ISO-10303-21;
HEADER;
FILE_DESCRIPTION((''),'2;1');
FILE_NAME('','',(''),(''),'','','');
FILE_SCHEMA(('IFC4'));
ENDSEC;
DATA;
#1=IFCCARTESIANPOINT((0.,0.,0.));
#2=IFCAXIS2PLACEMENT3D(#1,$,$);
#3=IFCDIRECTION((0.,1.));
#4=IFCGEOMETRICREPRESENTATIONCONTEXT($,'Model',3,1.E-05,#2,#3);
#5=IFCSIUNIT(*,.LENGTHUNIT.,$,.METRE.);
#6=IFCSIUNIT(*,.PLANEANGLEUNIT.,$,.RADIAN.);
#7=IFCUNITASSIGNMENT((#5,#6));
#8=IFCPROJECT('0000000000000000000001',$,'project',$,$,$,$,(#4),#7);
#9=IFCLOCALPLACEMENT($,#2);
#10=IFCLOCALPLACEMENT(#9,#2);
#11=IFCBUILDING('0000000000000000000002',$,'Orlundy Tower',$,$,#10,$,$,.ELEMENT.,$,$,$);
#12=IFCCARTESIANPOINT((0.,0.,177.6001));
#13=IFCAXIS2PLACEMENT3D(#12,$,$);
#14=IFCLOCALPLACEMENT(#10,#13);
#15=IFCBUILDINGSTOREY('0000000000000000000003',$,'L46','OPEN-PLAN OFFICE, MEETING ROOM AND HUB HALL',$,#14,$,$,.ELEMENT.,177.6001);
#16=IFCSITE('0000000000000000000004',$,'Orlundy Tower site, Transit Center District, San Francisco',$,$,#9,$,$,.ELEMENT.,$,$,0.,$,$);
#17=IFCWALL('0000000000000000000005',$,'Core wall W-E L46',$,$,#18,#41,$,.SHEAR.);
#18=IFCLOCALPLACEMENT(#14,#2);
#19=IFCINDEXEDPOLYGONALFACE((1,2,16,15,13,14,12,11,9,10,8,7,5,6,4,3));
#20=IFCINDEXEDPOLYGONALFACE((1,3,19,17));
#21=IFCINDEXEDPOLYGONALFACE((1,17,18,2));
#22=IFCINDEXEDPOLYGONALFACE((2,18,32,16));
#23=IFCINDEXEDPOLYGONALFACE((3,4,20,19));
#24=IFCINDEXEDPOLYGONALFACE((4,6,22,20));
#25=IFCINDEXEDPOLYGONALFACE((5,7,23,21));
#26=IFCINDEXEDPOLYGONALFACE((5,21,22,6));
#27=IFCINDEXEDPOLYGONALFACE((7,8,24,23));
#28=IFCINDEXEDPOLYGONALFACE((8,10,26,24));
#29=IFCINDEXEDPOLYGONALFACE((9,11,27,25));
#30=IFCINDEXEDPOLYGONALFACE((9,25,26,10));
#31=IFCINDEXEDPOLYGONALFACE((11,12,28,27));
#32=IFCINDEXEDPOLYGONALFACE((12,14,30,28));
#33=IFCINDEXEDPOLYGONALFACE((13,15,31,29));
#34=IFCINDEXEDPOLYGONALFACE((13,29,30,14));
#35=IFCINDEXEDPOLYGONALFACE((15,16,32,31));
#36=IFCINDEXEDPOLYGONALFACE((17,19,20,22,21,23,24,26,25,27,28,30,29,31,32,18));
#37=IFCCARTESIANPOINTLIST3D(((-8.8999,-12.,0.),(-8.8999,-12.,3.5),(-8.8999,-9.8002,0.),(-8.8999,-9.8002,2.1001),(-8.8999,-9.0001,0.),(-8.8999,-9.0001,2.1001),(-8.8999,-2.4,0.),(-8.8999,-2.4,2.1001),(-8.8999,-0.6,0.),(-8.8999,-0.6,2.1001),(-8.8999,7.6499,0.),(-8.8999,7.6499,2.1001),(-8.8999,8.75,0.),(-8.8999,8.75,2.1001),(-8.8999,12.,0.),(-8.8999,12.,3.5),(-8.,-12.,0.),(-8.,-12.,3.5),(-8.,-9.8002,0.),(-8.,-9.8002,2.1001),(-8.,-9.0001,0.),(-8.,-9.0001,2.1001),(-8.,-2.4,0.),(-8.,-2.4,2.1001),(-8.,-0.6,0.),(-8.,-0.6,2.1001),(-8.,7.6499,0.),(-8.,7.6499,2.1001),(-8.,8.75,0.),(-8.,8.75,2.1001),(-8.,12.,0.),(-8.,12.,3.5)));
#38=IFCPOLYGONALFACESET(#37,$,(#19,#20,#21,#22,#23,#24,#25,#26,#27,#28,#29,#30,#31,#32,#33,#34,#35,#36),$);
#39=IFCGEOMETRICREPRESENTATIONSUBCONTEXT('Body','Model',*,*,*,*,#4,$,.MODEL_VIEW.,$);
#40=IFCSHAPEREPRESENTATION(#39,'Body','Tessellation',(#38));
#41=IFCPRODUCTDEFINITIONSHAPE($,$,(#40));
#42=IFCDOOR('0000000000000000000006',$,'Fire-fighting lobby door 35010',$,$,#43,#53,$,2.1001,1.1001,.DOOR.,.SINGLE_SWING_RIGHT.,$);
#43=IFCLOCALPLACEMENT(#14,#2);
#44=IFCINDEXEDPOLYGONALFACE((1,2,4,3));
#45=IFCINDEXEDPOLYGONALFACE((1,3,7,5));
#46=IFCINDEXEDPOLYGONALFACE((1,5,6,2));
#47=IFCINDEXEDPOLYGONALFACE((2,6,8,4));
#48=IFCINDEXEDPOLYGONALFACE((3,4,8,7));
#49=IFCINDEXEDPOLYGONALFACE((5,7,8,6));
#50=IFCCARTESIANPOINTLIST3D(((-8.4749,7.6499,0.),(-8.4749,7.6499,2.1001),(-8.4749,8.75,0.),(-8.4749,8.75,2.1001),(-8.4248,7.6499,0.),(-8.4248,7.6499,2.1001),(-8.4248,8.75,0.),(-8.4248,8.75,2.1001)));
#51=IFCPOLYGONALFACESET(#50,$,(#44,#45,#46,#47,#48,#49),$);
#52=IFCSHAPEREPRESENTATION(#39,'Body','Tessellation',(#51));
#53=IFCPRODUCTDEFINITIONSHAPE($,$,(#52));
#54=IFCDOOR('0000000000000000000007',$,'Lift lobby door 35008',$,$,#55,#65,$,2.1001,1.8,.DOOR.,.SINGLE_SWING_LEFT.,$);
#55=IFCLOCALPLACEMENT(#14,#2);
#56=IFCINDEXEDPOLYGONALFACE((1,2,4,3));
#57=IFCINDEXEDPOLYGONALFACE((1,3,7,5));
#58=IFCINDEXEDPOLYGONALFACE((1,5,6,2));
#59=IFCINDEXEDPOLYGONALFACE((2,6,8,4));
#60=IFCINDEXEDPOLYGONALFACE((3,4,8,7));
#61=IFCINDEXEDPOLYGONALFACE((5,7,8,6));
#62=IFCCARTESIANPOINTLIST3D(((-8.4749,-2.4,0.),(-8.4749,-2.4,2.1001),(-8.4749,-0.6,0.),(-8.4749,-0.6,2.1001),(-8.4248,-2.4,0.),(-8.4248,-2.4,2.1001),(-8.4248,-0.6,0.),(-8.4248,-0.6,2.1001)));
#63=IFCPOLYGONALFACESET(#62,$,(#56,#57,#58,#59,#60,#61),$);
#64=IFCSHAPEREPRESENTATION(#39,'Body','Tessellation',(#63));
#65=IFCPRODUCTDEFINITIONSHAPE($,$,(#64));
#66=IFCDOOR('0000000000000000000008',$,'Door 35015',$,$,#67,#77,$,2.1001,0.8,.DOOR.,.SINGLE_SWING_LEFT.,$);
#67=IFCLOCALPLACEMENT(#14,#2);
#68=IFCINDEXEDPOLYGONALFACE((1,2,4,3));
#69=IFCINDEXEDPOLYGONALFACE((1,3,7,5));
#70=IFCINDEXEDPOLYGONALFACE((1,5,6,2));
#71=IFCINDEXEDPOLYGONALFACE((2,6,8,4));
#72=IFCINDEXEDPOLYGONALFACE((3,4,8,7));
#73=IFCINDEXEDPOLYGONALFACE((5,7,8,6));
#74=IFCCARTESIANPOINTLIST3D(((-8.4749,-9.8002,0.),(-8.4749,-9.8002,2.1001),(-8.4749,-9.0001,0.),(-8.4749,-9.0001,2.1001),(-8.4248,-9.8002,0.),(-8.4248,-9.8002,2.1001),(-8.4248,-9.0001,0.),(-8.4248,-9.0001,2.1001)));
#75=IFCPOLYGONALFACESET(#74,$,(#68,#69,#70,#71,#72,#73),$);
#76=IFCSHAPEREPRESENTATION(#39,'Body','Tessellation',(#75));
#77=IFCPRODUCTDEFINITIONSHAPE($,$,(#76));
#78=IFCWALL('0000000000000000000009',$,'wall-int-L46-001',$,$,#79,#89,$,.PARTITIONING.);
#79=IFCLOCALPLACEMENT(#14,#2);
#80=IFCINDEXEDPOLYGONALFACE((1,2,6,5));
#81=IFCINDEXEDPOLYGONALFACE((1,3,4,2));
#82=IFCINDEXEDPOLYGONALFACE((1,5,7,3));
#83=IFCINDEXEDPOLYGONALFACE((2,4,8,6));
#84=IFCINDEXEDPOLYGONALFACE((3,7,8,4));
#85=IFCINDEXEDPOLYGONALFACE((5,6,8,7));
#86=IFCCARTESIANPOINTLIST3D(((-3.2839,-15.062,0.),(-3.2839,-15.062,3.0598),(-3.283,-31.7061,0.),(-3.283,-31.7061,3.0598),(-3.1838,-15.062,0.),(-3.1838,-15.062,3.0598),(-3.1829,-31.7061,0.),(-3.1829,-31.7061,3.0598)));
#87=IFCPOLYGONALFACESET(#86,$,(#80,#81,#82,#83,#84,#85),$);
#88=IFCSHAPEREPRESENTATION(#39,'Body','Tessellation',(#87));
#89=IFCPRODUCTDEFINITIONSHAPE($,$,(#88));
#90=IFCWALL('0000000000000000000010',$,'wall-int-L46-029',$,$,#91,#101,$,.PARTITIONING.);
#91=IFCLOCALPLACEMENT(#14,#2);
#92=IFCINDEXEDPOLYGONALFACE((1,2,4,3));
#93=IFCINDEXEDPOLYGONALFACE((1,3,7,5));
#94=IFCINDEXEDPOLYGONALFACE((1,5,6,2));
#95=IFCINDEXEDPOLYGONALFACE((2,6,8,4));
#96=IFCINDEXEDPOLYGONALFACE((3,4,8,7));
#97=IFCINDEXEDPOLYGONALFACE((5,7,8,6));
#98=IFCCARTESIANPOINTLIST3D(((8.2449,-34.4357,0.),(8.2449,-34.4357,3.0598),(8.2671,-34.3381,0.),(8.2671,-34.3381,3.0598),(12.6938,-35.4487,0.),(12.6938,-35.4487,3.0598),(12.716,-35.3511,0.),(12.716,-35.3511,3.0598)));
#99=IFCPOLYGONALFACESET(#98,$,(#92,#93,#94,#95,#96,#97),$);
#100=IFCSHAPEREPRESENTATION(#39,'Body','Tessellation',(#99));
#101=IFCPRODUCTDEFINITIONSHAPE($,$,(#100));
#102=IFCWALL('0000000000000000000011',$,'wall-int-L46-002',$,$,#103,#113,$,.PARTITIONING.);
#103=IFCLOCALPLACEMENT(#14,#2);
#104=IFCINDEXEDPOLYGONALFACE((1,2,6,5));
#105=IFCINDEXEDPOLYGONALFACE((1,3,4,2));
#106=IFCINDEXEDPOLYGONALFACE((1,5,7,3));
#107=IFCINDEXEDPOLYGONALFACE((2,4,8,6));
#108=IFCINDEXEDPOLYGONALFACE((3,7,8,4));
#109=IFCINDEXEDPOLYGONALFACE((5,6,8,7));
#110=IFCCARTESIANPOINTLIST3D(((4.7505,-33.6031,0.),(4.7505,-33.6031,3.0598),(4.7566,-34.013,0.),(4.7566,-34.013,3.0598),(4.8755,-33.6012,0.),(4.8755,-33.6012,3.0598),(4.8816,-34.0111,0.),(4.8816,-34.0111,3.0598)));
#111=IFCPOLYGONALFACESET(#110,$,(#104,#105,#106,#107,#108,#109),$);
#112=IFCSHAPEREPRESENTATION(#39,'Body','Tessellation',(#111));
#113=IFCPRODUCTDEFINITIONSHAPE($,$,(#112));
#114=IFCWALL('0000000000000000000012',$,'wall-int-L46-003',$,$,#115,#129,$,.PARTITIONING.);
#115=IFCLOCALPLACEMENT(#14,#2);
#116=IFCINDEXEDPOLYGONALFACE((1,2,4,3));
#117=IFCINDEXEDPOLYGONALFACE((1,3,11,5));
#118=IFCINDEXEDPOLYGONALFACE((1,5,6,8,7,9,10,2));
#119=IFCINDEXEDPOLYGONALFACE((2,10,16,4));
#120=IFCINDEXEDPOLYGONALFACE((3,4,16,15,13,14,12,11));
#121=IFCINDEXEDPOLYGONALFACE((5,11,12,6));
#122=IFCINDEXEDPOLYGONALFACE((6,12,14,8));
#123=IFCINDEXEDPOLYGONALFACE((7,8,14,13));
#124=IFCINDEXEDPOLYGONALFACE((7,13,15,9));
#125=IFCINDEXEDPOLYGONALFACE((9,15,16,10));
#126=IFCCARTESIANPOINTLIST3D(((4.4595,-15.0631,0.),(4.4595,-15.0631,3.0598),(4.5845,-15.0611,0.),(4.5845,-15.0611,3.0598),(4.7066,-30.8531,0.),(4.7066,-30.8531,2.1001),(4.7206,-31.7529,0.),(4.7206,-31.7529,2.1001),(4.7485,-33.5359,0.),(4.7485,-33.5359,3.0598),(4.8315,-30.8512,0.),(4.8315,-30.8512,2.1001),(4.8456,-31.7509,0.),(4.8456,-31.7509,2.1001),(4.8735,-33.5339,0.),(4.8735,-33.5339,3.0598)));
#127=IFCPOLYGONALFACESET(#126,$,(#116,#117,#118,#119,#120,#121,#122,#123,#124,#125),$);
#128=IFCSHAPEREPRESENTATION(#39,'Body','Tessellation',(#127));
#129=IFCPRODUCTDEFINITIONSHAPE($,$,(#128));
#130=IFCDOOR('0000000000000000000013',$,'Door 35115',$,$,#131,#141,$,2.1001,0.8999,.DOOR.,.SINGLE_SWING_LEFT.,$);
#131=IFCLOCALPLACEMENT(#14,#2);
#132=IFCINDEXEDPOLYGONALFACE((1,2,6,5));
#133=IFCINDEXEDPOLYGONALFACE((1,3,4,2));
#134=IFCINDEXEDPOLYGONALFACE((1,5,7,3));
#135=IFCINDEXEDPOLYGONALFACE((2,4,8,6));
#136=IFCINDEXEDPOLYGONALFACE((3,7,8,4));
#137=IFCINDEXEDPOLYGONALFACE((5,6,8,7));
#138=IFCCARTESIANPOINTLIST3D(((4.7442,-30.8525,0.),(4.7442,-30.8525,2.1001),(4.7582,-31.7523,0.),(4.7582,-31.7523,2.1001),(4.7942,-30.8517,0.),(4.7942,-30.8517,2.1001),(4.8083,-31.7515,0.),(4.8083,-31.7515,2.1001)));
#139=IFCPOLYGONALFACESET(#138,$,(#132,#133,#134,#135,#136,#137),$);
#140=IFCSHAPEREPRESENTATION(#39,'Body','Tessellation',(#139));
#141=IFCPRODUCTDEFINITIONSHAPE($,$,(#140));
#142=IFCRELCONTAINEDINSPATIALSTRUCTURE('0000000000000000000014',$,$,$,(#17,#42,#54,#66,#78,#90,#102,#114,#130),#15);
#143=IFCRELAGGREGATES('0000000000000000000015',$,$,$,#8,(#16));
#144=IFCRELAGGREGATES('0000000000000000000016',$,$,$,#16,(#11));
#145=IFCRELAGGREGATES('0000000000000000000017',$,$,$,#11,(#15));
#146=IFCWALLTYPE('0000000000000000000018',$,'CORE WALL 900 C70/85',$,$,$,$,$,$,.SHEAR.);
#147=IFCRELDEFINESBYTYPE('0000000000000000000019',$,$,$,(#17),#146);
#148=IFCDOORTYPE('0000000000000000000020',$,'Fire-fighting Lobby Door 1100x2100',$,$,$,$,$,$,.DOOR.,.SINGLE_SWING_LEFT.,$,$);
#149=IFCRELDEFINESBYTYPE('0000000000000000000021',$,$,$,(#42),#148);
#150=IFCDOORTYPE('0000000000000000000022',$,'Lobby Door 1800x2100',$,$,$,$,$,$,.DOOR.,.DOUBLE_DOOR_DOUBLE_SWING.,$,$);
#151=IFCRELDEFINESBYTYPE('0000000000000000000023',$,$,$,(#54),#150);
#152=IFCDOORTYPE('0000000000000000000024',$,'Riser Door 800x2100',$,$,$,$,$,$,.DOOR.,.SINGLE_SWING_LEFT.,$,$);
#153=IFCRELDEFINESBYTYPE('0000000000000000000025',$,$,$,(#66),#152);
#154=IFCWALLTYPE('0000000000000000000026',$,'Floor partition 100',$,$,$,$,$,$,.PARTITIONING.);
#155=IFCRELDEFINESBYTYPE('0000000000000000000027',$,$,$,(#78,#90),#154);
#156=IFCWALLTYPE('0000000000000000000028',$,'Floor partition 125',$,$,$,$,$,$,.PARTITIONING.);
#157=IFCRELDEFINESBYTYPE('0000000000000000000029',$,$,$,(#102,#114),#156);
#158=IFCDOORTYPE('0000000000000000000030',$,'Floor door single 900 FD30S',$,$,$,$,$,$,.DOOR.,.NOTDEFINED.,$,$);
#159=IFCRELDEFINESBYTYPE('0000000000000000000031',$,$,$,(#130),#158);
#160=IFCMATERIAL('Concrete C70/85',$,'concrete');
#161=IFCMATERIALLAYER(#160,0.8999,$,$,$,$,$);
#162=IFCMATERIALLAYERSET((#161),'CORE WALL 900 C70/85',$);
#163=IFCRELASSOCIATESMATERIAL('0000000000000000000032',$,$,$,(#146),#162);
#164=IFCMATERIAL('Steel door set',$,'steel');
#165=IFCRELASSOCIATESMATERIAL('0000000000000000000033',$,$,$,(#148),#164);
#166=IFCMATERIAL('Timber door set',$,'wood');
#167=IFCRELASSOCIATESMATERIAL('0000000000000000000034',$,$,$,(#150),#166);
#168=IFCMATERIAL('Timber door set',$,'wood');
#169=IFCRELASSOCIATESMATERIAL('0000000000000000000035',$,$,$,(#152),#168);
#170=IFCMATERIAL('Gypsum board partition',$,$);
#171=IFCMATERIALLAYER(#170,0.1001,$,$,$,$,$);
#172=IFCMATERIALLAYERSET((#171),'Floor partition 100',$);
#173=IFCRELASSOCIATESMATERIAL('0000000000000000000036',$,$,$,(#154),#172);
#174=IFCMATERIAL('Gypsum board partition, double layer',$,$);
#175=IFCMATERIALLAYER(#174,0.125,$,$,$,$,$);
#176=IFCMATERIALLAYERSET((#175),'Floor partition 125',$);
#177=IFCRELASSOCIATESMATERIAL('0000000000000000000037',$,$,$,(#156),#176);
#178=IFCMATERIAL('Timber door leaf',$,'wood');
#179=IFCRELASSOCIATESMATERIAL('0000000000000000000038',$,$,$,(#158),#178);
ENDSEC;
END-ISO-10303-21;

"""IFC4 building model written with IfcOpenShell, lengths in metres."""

from ifc_helpers import new_model, si_unit, direction, frame, frame_2d, origin, place, context, subcontext, project, spatial, rectangle, extrude, material, layer, layer_set, type_object, element, fill, save


model = new_model("IFC4")

# Units and contexts
model_context = context("Model", 3, precision=1e-05, world=origin(), true_north=direction((0.0, 1.0)))
body_context = subcontext(model_context, "Body", "Model", "MODEL_VIEW")
ifc_project = project(units=[si_unit("LENGTHUNIT", "METRE"), si_unit("PLANEANGLEUNIT", "RADIAN")], contexts=[model_context])

# Site, building, storey
site_placement = place(None, origin())
site = spatial("IfcSite", under=ifc_project, at=site_placement, Name="Orlundy Tower site, Transit Center District, San Francisco", CompositionType="ELEMENT", RefElevation=0.0)
building_placement = place(site_placement, origin())
building = spatial("IfcBuilding", under=site, at=building_placement, Name="Orlundy Tower", CompositionType="ELEMENT")
storey_placement = place(building_placement, frame((0.0, 0.0, 177.6001)))
storey = spatial("IfcBuildingStorey", under=building, at=storey_placement, Name="L46", Description="OPEN-PLAN OFFICE, MEETING ROOM AND HUB HALL", CompositionType="ELEMENT", Elevation=177.6001)

# Wall, openings, doors
ifc_material_1 = material(Name="Concrete C70/85", Category="concrete")
ifc_layer_1 = layer(ifc_material_1, 0.8999)
ifc_layer_set_1 = layer_set([ifc_layer_1], Name="CORE WALL 900 C70/85")
wall_type_1 = type_object("IfcWallType", Name="CORE WALL 900 C70/85", PredefinedType="SHEAR", material=ifc_layer_set_1)
wall_1_placement = place(storey_placement, frame((-8.45, -12.0, 0.0), z_axis=(0.0, 0.0, 1.0), x_axis=(0.0, 1.0, 0.0)))
wall_1 = element("IfcWall", 1, at=wall_1_placement, inside=storey, type_object=wall_type_1, Name="Core wall W-E L46", PredefinedType="SHEAR", context=body_context, shape_type="SweptSolid", body=[
    extrude(rectangle(XDim=24.0, YDim=0.8999, at=frame_2d((12.0, 0.0))), origin(), (0.0, 0.0, 1.0), 3.5),
])
opening_1_placement = place(wall_1_placement, frame((9.6001, 0.0, 0.0)))
opening_1 = element("IfcOpeningElement", 2, at=opening_1_placement, cuts=wall_1, PredefinedType="OPENING", context=body_context, shape_type="SweptSolid", body=[
    extrude(rectangle(XDim=1.8, YDim=2.1001, at=frame_2d((0.8999, 1.05))), frame((0.0, 0.46, 0.0), z_axis=(0.0, -1.0, 0.0), x_axis=(1.0, 0.0, 0.0)), (0.0, 0.0, 1.0), 0.9199),
])
opening_2_placement = place(wall_1_placement, frame((19.6499, 0.0, 0.0)))
opening_2 = element("IfcOpeningElement", 3, at=opening_2_placement, cuts=wall_1, PredefinedType="OPENING", context=body_context, shape_type="SweptSolid", body=[
    extrude(rectangle(XDim=1.1001, YDim=2.1001, at=frame_2d((0.55, 1.05))), frame((0.0, 0.46, 0.0), z_axis=(0.0, -1.0, 0.0), x_axis=(1.0, 0.0, 0.0)), (0.0, 0.0, 1.0), 0.9199),
])
opening_3_placement = place(wall_1_placement, frame((2.2, 0.0, 0.0)))
opening_3 = element("IfcOpeningElement", 4, at=opening_3_placement, cuts=wall_1, PredefinedType="OPENING", context=body_context, shape_type="SweptSolid", body=[
    extrude(rectangle(XDim=0.8, YDim=2.1001, at=frame_2d((0.3999, 1.05))), frame((0.0, 0.46, 0.0), z_axis=(0.0, -1.0, 0.0), x_axis=(1.0, 0.0, 0.0)), (0.0, 0.0, 1.0), 0.9199),
])
ifc_material_2 = material(Name="Steel door set", Category="steel")
door_type_1 = type_object("IfcDoorType", Name="Fire-fighting Lobby Door 1100x2100", OperationType="SINGLE_SWING_LEFT", PredefinedType="DOOR", material=ifc_material_2)
door_1_placement = place(opening_2_placement, origin())
door_1 = element("IfcDoor", 5, at=door_1_placement, inside=storey, type_object=door_type_1, Name="Fire-fighting lobby door 35010", OperationType="SINGLE_SWING_RIGHT", OverallHeight=2.1001, OverallWidth=1.1001, PredefinedType="DOOR", context=body_context, shape_type="SweptSolid", body=[
    extrude(rectangle(XDim=1.1001, YDim=2.1001, at=frame_2d((0.55, 1.05))), frame((0.0, 0.0249, 0.0), z_axis=(0.0, -1.0, 0.0), x_axis=(1.0, 0.0, 0.0)), (0.0, 0.0, 1.0), 0.05),
])
fill(opening_2, door_1)
ifc_material_3 = material(Name="Timber door set", Category="wood")
door_type_2 = type_object("IfcDoorType", Name="Lobby Door 1800x2100", OperationType="DOUBLE_DOOR_DOUBLE_SWING", PredefinedType="DOOR", material=ifc_material_3)
door_2_placement = place(opening_1_placement, origin())
door_2 = element("IfcDoor", 6, at=door_2_placement, inside=storey, type_object=door_type_2, Name="Lift lobby door 35008", OperationType="SINGLE_SWING_LEFT", OverallHeight=2.1001, OverallWidth=1.8, PredefinedType="DOOR", context=body_context, shape_type="SweptSolid", body=[
    extrude(rectangle(XDim=1.8, YDim=2.1001, at=frame_2d((0.8999, 1.05))), frame((0.0, 0.0249, 0.0), z_axis=(0.0, -1.0, 0.0), x_axis=(1.0, 0.0, 0.0)), (0.0, 0.0, 1.0), 0.05),
])
fill(opening_1, door_2)
ifc_material_4 = material(Name="Timber door set", Category="wood")
door_type_3 = type_object("IfcDoorType", Name="Riser Door 800x2100", OperationType="SINGLE_SWING_LEFT", PredefinedType="DOOR", material=ifc_material_4)
door_3_placement = place(opening_3_placement, origin())
door_3 = element("IfcDoor", 7, at=door_3_placement, inside=storey, type_object=door_type_3, Name="Door 35015", OperationType="SINGLE_SWING_LEFT", OverallHeight=2.1001, OverallWidth=0.8, PredefinedType="DOOR", context=body_context, shape_type="SweptSolid", body=[
    extrude(rectangle(XDim=0.8, YDim=2.1001, at=frame_2d((0.3999, 1.05))), frame((0.0, 0.0249, 0.0), z_axis=(0.0, -1.0, 0.0), x_axis=(1.0, 0.0, 0.0)), (0.0, 0.0, 1.0), 0.05),
])
fill(opening_3, door_3)

# Walls
ifc_material_5 = material(Name="Gypsum board partition")
ifc_layer_2 = layer(ifc_material_5, 0.1001)
ifc_layer_set_2 = layer_set([ifc_layer_2], Name="Floor partition 100")
wall_type_2 = type_object("IfcWallType", Name="Floor partition 100", PredefinedType="PARTITIONING", material=ifc_layer_set_2)
wall_2_placement = place(storey_placement, frame((-3.2339, -15.062, 0.0), z_axis=(0.0, 0.0, 1.0), x_axis=(0.000059, -1.0, 0.0)))
element("IfcWall", 8, at=wall_2_placement, inside=storey, type_object=wall_type_2, Name="wall-int-L46-001", PredefinedType="PARTITIONING", context=body_context, shape_type="SweptSolid", body=[
    extrude(rectangle(XDim=16.644, YDim=0.1001, at=frame_2d((8.322, 0.0))), origin(), (0.0, 0.0, 1.0), 3.0598),
])
wall_3_placement = place(storey_placement, frame((8.2561, -34.387, 0.0), z_axis=(0.0, 0.0, 1.0), x_axis=(0.975047, -0.221998, 0.0)))
element("IfcWall", 9, at=wall_3_placement, inside=storey, type_object=wall_type_2, Name="wall-int-L46-029", PredefinedType="PARTITIONING", context=body_context, shape_type="SweptSolid", body=[
    extrude(rectangle(XDim=4.5627, YDim=0.1001, at=frame_2d((2.2812, 0.0))), origin(), (0.0, 0.0, 1.0), 3.0598),
])
ifc_material_6 = material(Name="Gypsum board partition, double layer")
ifc_layer_3 = layer(ifc_material_6, 0.125)
ifc_layer_set_3 = layer_set([ifc_layer_3], Name="Floor partition 125")
wall_type_3 = type_object("IfcWallType", Name="Floor partition 125", PredefinedType="PARTITIONING", material=ifc_layer_set_3)
wall_4_placement = place(storey_placement, frame((4.813, -33.6021, 0.0), z_axis=(0.0, 0.0, 1.0), x_axis=(0.014888, -0.999889, 0.0)))
element("IfcWall", 10, at=wall_4_placement, inside=storey, type_object=wall_type_3, Name="wall-int-L46-002", PredefinedType="PARTITIONING", context=body_context, shape_type="SweptSolid", body=[
    extrude(rectangle(XDim=0.4099, YDim=0.125, at=frame_2d((0.2051, 0.0))), origin(), (0.0, 0.0, 1.0), 3.0598),
])

# Wall, opening, door
wall_5_placement = place(storey_placement, frame((4.811, -33.5349, 0.0), z_axis=(0.0, 0.0, 1.0), x_axis=(-0.015646, 0.999878, 0.0)))
wall_5 = element("IfcWall", 11, at=wall_5_placement, inside=storey, type_object=wall_type_3, Name="wall-int-L46-003", PredefinedType="PARTITIONING", context=body_context, shape_type="SweptSolid", body=[
    extrude(rectangle(XDim=18.4751, YDim=0.125, at=frame_2d((9.2375, 0.0))), origin(), (0.0, 0.0, 1.0), 3.0598),
])
opening_4_placement = place(wall_5_placement, frame((1.7832, 0.0, 0.0)))
opening_4 = element("IfcOpeningElement", 12, at=opening_4_placement, cuts=wall_5, PredefinedType="OPENING", context=body_context, shape_type="SweptSolid", body=[
    extrude(rectangle(XDim=0.8999, YDim=2.1001, at=frame_2d((0.45, 1.05))), frame((0.0, 0.0725, 0.0), z_axis=(0.0, -1.0, 0.0), x_axis=(1.0, 0.0, 0.0)), (0.0, 0.0, 1.0), 0.145),
])
ifc_material_7 = material(Name="Timber door leaf", Category="wood")
door_type_4 = type_object("IfcDoorType", Name="Floor door single 900 FD30S", OperationType="NOTDEFINED", PredefinedType="DOOR", material=ifc_material_7)
door_4_placement = place(opening_4_placement, origin())
door_4 = element("IfcDoor", 13, at=door_4_placement, inside=storey, type_object=door_type_4, Name="Door 35115", OperationType="SINGLE_SWING_LEFT", OverallHeight=2.1001, OverallWidth=0.8999, PredefinedType="DOOR", context=body_context, shape_type="SweptSolid", body=[
    extrude(rectangle(XDim=0.8999, YDim=2.1001, at=frame_2d((0.45, 1.05))), frame((0.0, 0.0249, 0.0), z_axis=(0.0, -1.0, 0.0), x_axis=(1.0, 0.0, 0.0)), (0.0, 0.0, 1.0), 0.05),
])
fill(opening_4, door_4)

save(model, "model.ifc")
